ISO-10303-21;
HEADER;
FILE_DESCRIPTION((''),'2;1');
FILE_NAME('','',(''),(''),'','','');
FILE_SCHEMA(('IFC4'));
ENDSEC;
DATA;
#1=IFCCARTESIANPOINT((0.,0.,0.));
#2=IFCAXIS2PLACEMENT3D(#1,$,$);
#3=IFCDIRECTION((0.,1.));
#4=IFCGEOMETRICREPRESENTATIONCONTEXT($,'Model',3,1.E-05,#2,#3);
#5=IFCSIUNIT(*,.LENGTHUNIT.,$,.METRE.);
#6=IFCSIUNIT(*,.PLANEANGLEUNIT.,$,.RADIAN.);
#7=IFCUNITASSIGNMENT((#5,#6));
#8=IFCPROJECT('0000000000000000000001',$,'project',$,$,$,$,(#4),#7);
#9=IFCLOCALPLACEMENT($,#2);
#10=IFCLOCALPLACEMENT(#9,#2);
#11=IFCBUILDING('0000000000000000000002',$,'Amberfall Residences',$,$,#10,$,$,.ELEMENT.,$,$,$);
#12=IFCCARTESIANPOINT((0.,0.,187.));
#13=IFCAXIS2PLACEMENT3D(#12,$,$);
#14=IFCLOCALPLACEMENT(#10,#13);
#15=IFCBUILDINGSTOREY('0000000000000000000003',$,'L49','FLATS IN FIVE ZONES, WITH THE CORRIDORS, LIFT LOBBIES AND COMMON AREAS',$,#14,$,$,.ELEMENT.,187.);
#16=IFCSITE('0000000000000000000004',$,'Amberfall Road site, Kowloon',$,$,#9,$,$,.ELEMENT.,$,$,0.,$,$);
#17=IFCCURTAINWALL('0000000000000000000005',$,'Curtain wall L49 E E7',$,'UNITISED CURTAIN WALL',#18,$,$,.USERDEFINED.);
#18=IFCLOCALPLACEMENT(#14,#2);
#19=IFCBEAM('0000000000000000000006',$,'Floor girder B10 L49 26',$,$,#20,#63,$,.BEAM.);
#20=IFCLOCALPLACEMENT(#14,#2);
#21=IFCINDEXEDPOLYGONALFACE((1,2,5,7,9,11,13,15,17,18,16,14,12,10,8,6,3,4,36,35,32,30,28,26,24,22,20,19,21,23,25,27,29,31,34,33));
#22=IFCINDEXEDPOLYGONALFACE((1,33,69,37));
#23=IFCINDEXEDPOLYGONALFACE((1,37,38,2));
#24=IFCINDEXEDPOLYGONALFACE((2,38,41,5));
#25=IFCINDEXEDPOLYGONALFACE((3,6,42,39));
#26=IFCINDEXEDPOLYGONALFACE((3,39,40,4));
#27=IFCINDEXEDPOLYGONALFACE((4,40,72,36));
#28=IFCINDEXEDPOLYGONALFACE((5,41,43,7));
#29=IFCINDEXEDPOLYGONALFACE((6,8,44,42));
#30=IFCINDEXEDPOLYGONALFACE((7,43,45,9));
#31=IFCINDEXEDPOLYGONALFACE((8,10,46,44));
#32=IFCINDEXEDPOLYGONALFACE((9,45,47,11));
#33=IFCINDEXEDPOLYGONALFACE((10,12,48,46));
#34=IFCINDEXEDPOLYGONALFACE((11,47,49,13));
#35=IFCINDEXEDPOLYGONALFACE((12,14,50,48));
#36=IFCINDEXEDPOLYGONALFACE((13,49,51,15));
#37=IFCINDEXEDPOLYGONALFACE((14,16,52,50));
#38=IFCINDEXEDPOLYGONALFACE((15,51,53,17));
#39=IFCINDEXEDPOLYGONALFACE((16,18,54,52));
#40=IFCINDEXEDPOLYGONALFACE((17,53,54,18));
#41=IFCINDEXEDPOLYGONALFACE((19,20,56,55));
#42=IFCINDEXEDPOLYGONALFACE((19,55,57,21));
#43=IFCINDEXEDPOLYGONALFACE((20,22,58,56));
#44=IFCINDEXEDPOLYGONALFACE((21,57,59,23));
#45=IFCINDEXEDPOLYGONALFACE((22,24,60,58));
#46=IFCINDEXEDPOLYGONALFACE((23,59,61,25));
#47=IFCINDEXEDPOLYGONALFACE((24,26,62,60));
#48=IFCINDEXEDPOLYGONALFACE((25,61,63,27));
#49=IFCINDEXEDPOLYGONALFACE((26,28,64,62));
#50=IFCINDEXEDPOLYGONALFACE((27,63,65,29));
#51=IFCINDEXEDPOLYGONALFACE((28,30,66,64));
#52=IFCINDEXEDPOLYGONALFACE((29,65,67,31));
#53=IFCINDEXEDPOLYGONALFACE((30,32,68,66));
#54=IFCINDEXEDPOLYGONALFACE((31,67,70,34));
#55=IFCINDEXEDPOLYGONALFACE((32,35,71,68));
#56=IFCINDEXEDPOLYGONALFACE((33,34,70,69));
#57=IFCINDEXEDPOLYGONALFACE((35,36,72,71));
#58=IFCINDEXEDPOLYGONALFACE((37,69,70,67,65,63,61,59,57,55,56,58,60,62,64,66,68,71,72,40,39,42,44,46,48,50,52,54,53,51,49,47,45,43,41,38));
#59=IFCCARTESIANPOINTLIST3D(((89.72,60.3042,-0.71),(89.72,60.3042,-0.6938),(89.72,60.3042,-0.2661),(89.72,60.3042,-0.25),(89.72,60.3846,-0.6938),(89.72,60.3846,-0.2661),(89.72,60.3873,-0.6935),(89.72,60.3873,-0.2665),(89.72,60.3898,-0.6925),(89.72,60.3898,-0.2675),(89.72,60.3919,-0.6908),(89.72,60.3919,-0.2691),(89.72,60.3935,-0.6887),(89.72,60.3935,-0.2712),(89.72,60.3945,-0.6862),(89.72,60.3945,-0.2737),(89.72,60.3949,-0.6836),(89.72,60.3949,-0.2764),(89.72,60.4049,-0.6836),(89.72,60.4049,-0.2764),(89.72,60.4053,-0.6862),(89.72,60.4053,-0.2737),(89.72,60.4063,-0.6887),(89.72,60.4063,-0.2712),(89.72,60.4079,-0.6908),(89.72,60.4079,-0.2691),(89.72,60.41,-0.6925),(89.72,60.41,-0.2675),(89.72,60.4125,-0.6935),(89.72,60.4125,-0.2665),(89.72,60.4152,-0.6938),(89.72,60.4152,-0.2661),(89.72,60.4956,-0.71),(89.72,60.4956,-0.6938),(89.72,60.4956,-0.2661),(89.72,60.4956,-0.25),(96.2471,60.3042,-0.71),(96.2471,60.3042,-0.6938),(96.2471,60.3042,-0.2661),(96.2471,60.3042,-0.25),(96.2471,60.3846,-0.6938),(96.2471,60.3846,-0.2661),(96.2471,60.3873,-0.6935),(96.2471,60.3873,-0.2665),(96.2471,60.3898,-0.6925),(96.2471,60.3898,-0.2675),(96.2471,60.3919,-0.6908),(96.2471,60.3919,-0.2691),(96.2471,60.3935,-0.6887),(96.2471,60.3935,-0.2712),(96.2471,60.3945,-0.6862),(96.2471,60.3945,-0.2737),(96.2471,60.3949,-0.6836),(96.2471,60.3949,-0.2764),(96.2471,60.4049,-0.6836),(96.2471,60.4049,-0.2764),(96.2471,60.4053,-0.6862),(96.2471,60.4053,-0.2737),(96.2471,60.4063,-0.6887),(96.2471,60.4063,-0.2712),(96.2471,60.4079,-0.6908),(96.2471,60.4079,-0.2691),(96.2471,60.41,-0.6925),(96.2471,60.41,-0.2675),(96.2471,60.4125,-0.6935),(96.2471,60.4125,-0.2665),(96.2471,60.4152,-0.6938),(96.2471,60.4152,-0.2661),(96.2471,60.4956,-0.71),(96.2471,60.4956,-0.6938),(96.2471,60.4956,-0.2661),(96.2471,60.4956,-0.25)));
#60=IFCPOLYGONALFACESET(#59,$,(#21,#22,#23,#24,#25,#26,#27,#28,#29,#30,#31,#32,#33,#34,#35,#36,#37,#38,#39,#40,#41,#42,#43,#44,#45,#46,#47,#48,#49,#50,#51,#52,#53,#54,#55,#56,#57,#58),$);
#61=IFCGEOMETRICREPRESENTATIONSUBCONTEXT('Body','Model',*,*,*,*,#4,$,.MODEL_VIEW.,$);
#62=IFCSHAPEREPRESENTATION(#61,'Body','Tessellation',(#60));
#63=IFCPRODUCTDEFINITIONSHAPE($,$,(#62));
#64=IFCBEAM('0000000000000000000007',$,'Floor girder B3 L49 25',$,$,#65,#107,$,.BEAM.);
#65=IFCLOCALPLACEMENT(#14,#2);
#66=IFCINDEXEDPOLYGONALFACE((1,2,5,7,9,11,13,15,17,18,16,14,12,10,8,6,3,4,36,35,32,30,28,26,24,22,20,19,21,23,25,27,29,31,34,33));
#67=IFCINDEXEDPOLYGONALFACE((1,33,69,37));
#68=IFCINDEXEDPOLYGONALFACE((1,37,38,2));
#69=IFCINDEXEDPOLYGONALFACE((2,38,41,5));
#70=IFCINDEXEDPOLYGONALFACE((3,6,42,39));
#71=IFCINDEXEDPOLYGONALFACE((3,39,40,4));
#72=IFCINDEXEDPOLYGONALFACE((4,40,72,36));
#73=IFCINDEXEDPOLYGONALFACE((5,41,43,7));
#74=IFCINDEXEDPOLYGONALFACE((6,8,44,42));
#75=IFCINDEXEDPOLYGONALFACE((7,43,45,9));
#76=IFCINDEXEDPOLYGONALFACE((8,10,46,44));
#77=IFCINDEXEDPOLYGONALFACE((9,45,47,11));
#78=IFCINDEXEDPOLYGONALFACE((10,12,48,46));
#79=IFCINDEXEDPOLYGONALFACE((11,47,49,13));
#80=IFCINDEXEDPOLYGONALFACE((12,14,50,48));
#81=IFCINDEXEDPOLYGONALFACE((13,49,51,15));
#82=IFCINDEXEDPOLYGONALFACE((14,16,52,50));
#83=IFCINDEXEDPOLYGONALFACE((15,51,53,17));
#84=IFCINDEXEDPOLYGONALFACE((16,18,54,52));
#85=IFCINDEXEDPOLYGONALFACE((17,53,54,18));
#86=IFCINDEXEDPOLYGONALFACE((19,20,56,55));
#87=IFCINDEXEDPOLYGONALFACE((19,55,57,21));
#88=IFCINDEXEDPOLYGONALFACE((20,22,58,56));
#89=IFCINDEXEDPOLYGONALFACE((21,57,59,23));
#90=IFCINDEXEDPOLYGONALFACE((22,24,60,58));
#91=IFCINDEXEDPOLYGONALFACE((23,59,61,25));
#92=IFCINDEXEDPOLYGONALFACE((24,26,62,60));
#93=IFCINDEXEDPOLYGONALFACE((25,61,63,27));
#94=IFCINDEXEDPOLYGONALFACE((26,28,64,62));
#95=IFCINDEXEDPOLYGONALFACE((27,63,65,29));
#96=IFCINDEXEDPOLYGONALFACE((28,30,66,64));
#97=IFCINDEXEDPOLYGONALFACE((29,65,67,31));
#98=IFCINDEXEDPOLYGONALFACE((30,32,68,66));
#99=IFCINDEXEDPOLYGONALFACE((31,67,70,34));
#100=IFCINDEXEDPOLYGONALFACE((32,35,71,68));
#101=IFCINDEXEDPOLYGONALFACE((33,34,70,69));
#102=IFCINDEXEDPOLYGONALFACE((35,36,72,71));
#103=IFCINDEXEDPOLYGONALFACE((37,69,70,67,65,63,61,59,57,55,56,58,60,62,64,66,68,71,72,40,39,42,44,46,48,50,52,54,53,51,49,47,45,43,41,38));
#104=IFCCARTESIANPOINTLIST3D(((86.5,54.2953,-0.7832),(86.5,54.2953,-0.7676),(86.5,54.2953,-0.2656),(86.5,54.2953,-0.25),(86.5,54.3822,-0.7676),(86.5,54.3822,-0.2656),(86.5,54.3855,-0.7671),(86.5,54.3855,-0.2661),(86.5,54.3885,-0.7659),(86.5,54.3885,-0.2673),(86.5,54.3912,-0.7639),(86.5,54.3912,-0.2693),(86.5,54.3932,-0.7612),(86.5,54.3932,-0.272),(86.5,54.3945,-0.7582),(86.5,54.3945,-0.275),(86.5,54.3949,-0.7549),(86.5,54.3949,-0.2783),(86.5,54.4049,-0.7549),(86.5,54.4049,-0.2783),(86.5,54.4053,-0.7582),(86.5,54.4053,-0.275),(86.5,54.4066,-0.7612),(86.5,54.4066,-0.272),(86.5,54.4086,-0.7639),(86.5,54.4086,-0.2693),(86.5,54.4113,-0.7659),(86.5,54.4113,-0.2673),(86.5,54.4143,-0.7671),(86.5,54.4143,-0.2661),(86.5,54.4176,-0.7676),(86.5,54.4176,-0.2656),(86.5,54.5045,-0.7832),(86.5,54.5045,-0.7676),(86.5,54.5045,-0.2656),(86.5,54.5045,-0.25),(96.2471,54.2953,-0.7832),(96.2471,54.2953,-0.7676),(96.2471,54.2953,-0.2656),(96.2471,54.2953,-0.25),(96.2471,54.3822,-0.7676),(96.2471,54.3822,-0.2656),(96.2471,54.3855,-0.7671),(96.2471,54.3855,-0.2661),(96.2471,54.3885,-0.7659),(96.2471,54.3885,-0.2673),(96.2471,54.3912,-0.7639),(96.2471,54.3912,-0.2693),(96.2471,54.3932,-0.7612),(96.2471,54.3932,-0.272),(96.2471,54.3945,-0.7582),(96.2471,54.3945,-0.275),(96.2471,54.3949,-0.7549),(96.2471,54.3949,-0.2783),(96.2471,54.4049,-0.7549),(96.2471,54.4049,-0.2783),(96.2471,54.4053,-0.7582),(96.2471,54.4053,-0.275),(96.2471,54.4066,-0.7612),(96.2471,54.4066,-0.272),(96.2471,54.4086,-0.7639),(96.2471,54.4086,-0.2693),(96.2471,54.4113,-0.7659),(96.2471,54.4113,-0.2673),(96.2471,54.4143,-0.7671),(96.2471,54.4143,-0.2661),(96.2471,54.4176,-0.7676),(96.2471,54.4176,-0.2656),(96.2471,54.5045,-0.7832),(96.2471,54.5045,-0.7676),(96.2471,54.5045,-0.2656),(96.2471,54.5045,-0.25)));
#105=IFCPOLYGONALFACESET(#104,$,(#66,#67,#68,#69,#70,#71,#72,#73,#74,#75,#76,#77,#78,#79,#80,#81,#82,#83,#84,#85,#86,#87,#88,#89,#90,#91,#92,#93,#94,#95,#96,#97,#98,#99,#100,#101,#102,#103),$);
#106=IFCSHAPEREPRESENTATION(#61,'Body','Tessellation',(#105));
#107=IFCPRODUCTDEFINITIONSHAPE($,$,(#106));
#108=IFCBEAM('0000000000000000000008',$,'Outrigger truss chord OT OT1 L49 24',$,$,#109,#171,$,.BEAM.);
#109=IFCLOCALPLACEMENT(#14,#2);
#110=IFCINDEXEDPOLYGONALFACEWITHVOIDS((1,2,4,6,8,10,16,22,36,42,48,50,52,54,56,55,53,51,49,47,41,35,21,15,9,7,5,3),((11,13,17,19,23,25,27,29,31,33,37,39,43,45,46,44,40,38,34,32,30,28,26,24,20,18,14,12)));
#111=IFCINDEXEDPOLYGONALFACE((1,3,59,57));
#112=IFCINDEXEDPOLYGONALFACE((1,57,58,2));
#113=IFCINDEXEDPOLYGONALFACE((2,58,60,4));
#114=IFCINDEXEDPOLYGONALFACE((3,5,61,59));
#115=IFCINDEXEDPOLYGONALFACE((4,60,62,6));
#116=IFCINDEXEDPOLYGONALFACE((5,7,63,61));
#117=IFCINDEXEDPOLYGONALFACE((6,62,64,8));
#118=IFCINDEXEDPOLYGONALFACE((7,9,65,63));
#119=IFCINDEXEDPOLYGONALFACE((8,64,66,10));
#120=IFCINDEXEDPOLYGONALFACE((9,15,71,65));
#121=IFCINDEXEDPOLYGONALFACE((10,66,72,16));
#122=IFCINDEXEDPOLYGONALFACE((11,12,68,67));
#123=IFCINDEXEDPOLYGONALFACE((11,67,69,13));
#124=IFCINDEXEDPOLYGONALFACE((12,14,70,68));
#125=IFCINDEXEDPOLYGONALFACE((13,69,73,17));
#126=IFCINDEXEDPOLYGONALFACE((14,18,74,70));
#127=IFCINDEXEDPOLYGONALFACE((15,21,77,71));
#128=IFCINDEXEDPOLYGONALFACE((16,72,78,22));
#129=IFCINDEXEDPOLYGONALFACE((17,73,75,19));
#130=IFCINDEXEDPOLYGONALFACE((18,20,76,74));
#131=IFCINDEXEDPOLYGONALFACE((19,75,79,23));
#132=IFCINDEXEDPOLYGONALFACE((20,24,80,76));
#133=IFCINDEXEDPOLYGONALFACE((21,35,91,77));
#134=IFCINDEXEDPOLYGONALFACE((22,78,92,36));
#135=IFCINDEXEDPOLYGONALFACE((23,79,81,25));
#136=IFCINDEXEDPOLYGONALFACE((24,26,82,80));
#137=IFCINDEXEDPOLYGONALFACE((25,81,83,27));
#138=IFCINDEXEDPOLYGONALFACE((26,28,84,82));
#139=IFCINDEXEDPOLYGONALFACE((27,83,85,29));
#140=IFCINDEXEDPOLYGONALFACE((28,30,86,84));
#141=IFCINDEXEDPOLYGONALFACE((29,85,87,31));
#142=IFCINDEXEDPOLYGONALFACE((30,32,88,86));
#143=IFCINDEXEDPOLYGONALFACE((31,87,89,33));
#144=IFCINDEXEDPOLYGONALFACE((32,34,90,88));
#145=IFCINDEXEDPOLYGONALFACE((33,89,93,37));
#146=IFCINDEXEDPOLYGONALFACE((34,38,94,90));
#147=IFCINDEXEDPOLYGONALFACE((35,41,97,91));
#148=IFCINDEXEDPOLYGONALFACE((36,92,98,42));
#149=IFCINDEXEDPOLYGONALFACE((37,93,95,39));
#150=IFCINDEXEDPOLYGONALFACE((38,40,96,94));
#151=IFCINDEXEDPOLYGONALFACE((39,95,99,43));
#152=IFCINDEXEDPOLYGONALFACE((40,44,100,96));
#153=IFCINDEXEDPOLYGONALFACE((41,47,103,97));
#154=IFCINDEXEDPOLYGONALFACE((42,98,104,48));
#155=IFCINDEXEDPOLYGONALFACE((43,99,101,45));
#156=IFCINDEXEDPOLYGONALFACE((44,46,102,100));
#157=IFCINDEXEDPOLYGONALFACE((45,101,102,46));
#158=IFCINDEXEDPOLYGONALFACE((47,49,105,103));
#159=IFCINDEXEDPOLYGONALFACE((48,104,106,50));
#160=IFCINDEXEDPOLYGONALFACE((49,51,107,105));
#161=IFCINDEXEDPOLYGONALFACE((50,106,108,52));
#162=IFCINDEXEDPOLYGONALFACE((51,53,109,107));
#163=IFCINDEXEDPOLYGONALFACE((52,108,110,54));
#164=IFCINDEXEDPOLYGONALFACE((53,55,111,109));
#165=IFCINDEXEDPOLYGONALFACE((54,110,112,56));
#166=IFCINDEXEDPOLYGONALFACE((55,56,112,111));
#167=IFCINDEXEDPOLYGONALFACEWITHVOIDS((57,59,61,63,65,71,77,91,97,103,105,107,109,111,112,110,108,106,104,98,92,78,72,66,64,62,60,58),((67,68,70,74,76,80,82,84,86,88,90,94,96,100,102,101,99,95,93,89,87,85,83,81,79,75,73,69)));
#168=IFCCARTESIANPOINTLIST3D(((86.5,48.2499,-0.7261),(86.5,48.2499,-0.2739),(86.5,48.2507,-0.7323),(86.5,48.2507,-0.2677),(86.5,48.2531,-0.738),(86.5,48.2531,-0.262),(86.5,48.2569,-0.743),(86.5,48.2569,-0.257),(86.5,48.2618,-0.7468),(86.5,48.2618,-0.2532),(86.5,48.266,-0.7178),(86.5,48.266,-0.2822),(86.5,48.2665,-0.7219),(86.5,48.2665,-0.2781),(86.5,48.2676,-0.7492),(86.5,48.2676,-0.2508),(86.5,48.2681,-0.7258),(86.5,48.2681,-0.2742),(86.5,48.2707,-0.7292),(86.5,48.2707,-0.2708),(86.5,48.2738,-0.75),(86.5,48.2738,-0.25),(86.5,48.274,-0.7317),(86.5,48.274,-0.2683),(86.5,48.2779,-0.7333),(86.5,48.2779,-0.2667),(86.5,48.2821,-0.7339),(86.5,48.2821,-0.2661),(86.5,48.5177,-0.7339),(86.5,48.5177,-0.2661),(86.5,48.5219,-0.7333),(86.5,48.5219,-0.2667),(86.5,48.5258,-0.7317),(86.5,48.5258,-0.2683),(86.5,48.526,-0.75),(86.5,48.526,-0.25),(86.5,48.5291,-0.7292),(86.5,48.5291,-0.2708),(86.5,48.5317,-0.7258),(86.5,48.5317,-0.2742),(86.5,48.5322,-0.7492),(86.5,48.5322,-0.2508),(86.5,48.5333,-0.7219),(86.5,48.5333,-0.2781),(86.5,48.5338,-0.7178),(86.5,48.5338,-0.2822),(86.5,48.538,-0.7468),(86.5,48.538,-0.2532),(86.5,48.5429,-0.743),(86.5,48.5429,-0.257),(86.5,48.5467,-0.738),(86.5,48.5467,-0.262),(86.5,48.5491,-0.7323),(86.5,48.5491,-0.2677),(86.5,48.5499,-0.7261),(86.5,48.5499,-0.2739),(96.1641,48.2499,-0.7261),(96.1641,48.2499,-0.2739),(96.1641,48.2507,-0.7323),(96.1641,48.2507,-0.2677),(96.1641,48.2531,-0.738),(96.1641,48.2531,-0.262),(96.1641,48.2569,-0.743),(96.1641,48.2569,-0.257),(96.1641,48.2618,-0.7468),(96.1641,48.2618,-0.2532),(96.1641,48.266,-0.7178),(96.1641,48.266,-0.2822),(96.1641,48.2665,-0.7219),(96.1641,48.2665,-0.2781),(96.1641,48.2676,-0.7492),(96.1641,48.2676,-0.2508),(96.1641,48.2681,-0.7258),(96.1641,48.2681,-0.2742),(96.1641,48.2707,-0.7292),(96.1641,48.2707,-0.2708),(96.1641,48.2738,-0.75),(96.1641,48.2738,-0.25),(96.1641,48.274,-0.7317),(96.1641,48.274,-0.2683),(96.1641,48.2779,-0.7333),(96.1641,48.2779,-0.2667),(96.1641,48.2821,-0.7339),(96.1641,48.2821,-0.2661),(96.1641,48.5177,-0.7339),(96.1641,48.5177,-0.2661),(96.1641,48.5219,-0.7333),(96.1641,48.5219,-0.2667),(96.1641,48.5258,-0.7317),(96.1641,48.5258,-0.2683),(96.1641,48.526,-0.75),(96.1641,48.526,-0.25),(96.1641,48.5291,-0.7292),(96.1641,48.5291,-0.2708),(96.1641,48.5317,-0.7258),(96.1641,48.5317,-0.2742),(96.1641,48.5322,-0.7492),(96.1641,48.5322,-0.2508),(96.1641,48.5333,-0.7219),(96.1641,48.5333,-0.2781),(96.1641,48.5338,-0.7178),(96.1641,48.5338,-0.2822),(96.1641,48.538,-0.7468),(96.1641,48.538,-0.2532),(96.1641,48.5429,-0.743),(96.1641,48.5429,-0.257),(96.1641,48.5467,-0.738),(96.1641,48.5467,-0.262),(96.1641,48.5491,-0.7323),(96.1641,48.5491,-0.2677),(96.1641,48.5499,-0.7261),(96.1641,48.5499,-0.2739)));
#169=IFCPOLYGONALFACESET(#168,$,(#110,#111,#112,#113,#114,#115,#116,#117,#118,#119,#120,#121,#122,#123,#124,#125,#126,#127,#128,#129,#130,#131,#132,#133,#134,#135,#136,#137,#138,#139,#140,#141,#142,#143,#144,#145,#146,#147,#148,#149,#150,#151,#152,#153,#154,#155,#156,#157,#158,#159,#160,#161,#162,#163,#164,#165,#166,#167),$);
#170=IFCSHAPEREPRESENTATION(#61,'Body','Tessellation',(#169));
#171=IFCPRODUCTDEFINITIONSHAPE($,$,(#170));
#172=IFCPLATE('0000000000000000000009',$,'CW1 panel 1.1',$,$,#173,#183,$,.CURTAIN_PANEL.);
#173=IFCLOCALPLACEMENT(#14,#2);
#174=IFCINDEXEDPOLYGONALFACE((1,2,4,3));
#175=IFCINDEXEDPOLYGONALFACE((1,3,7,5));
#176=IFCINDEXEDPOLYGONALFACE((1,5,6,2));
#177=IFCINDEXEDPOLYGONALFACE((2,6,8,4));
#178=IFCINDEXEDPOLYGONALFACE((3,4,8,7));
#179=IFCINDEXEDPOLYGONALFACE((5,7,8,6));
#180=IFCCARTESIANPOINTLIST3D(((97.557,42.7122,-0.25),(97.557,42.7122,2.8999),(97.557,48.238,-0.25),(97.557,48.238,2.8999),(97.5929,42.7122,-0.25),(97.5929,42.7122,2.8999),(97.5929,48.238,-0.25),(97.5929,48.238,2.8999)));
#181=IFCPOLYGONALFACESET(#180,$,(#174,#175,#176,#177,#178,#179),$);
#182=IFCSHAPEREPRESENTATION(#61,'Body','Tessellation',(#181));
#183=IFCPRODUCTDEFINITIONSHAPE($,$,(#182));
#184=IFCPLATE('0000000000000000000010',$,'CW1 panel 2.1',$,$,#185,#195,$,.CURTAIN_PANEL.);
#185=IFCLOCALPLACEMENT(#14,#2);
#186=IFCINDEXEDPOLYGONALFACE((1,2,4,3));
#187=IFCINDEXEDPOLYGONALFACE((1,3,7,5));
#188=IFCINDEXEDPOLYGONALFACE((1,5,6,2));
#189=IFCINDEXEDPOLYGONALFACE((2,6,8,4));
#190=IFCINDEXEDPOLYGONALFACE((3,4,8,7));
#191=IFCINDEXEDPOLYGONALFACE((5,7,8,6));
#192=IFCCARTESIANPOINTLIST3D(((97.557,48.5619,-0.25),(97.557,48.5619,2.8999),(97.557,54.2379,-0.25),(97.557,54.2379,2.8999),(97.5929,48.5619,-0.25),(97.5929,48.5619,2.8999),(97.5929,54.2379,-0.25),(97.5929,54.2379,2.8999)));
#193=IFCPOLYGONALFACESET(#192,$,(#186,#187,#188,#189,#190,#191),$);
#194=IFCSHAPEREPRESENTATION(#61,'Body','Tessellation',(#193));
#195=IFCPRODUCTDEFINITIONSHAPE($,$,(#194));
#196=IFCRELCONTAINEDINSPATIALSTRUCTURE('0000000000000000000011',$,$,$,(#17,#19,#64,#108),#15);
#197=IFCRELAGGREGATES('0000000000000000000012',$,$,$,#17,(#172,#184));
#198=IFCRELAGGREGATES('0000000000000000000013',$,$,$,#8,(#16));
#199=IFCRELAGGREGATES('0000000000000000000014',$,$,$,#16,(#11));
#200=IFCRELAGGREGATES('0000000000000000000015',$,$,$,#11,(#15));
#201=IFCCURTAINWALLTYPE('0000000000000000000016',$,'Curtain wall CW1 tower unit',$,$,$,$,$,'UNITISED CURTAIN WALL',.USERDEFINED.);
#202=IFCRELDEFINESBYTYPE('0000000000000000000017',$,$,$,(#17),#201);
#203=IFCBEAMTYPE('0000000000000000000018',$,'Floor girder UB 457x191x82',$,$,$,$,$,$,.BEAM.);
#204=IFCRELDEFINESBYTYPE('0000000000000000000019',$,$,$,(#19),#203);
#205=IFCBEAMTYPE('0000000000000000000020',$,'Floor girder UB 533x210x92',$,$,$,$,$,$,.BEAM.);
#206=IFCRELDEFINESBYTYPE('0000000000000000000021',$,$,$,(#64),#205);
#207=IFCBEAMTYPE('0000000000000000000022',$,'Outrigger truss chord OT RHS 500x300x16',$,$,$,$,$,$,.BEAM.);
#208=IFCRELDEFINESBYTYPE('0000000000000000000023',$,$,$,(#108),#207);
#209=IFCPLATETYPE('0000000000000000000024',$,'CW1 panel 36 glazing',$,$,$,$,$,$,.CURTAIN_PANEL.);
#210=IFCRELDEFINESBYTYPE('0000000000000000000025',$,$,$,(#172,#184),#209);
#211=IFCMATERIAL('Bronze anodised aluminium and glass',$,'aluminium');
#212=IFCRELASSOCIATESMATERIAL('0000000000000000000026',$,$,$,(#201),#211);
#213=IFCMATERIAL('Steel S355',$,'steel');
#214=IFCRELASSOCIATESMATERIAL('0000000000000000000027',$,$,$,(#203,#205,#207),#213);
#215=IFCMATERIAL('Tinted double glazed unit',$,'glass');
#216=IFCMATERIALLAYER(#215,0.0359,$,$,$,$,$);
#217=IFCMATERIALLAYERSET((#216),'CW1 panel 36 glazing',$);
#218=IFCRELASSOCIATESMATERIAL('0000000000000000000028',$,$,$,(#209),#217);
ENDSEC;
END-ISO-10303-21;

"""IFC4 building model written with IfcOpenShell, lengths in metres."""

from ifc_helpers import new_model, si_unit, direction, frame, origin, origin_2d, place, context, subcontext, project, spatial, rectangle, hollow_rectangle, i_section, extrude, material, layer, layer_set, material_profile, profile_set, type_object, element, aggregate, save


model = new_model("IFC4")

# Units and contexts
model_context = context("Model", 3, precision=1e-05, world=origin(), true_north=direction((0.0, 1.0)))
body_context = subcontext(model_context, "Body", "Model", "MODEL_VIEW")
ifc_project = project(units=[si_unit("LENGTHUNIT", "METRE"), si_unit("PLANEANGLEUNIT", "RADIAN")], contexts=[model_context])

# Site, building, storey
site_placement = place(None, origin())
site = spatial("IfcSite", under=ifc_project, at=site_placement, Name="Amberfall Road site, Kowloon", CompositionType="ELEMENT", RefElevation=0.0)
building_placement = place(site_placement, origin())
building = spatial("IfcBuilding", under=site, at=building_placement, Name="Amberfall Residences", CompositionType="ELEMENT")
storey_placement = place(building_placement, frame((0.0, 0.0, 187.0)))
storey = spatial("IfcBuildingStorey", under=building, at=storey_placement, Name="L49", Description="FLATS IN FIVE ZONES, WITH THE CORRIDORS, LIFT LOBBIES AND COMMON AREAS", CompositionType="ELEMENT", Elevation=187.0)

# Shared definitions
ifc_material_1 = material(Name="Steel S355", Category="steel")

# Curtain wall
ifc_material_2 = material(Name="Bronze anodised aluminium and glass", Category="aluminium")
curtain_wall_type = type_object("IfcCurtainWallType", Name="Curtain wall CW1 tower unit", ElementType="UNITISED CURTAIN WALL", PredefinedType="USERDEFINED", material=ifc_material_2)
curtain_wall_placement = place(storey_placement, origin())
curtain_wall = element("IfcCurtainWall", 1, at=curtain_wall_placement, inside=storey, type_object=curtain_wall_type, Name="Curtain wall L49 E E7", ObjectType="UNITISED CURTAIN WALL", PredefinedType="USERDEFINED")

# Beams
ifc_material_profile_1 = material_profile(ifc_material_1, i_section(OverallWidth=0.1914, OverallDepth=0.46, WebThickness=0.01, FlangeThickness=0.0161, FilletRadius=0.0103, at=origin_2d()), Name="UB 457x191x82")
ifc_profile_set_1 = profile_set([ifc_material_profile_1], Name="Steel S355")
beam_type_1 = type_object("IfcBeamType", Name="Floor girder UB 457x191x82", PredefinedType="BEAM", material=ifc_profile_set_1)
beam_1_placement = place(storey_placement, frame((96.2471, 60.3999, -0.48), z_axis=(-1.0, 0.0, 0.0), x_axis=(0.0, -1.0, 0.0)))
element("IfcBeam", 2, at=beam_1_placement, inside=storey, type_object=beam_type_1, Name="Floor girder B10 L49 26", PredefinedType="BEAM", context=body_context, shape_type="SweptSolid", body=[
    extrude(i_section(OverallWidth=0.1914, OverallDepth=0.46, WebThickness=0.01, FlangeThickness=0.0161, FilletRadius=0.0103, at=origin_2d()), origin(), (0.0, 0.0, 1.0), 6.5271),
])
ifc_material_profile_2 = material_profile(ifc_material_1, i_section(OverallWidth=0.2092, OverallDepth=0.5332, WebThickness=0.01, FlangeThickness=0.0156, FilletRadius=0.0127, at=origin_2d()), Name="UB 533x210x92")
ifc_profile_set_2 = profile_set([ifc_material_profile_2], Name="Steel S355")
beam_type_2 = type_object("IfcBeamType", Name="Floor girder UB 533x210x92", PredefinedType="BEAM", material=ifc_profile_set_2)
beam_2_placement = place(storey_placement, frame((96.2471, 54.3999, -0.5166), z_axis=(-1.0, 0.0, 0.0), x_axis=(0.0, -1.0, 0.0)))
element("IfcBeam", 3, at=beam_2_placement, inside=storey, type_object=beam_type_2, Name="Floor girder B3 L49 25", PredefinedType="BEAM", context=body_context, shape_type="SweptSolid", body=[
    extrude(i_section(OverallWidth=0.2092, OverallDepth=0.5332, WebThickness=0.01, FlangeThickness=0.0156, FilletRadius=0.0127, at=origin_2d()), origin(), (0.0, 0.0, 1.0), 9.7471),
])
ifc_material_profile_3 = material_profile(ifc_material_1, hollow_rectangle(XDim=0.3, YDim=0.5, WallThickness=0.0161, InnerFilletRadius=0.0161, OuterFilletRadius=0.0239, at=origin_2d()), Name="RHS 500x300x16")
ifc_profile_set_3 = profile_set([ifc_material_profile_3], Name="Steel S355")
beam_type_3 = type_object("IfcBeamType", Name="Outrigger truss chord OT RHS 500x300x16", PredefinedType="BEAM", material=ifc_profile_set_3)
beam_3_placement = place(storey_placement, frame((96.1641, 48.3999, -0.5), z_axis=(-1.0, 0.0, 0.0), x_axis=(0.0, -1.0, 0.0)))
element("IfcBeam", 4, at=beam_3_placement, inside=storey, type_object=beam_type_3, Name="Outrigger truss chord OT OT1 L49 24", PredefinedType="BEAM", context=body_context, shape_type="SweptSolid", body=[
    extrude(hollow_rectangle(XDim=0.3, YDim=0.5, WallThickness=0.0161, InnerFilletRadius=0.0161, OuterFilletRadius=0.0239, at=origin_2d()), origin(), (0.0, 0.0, 1.0), 9.6641),
])

# Plates
ifc_material_3 = material(Name="Tinted double glazed unit", Category="glass")
ifc_layer_1 = layer(ifc_material_3, 0.0359)
ifc_layer_set_1 = layer_set([ifc_layer_1], Name="CW1 panel 36 glazing")
plate_type = type_object("IfcPlateType", Name="CW1 panel 36 glazing", PredefinedType="CURTAIN_PANEL", material=ifc_layer_set_1)
plate_1_placement = place(storey_placement, frame((97.575, 45.4751, -0.25), z_axis=(0.0, 0.0, 1.0), x_axis=(0.0, 1.0, 0.0)))
plate_1 = element("IfcPlate", 5, at=plate_1_placement, type_object=plate_type, Name="CW1 panel 1.1", PredefinedType="CURTAIN_PANEL", context=body_context, shape_type="SweptSolid", body=[
    extrude(rectangle(XDim=5.5259, YDim=0.0359, at=origin_2d()), origin(), (0.0, 0.0, 1.0), 3.1499),
])
plate_2_placement = place(storey_placement, frame((97.575, 51.3999, -0.25), z_axis=(0.0, 0.0, 1.0), x_axis=(0.0, 1.0, 0.0)))
plate_2 = element("IfcPlate", 6, at=plate_2_placement, type_object=plate_type, Name="CW1 panel 2.1", PredefinedType="CURTAIN_PANEL", context=body_context, shape_type="SweptSolid", body=[
    extrude(rectangle(XDim=5.676, YDim=0.0359, at=origin_2d()), origin(), (0.0, 0.0, 1.0), 3.1499),
])
aggregate(curtain_wall, [plate_1, plate_2])

save(model, "model.ifc")
